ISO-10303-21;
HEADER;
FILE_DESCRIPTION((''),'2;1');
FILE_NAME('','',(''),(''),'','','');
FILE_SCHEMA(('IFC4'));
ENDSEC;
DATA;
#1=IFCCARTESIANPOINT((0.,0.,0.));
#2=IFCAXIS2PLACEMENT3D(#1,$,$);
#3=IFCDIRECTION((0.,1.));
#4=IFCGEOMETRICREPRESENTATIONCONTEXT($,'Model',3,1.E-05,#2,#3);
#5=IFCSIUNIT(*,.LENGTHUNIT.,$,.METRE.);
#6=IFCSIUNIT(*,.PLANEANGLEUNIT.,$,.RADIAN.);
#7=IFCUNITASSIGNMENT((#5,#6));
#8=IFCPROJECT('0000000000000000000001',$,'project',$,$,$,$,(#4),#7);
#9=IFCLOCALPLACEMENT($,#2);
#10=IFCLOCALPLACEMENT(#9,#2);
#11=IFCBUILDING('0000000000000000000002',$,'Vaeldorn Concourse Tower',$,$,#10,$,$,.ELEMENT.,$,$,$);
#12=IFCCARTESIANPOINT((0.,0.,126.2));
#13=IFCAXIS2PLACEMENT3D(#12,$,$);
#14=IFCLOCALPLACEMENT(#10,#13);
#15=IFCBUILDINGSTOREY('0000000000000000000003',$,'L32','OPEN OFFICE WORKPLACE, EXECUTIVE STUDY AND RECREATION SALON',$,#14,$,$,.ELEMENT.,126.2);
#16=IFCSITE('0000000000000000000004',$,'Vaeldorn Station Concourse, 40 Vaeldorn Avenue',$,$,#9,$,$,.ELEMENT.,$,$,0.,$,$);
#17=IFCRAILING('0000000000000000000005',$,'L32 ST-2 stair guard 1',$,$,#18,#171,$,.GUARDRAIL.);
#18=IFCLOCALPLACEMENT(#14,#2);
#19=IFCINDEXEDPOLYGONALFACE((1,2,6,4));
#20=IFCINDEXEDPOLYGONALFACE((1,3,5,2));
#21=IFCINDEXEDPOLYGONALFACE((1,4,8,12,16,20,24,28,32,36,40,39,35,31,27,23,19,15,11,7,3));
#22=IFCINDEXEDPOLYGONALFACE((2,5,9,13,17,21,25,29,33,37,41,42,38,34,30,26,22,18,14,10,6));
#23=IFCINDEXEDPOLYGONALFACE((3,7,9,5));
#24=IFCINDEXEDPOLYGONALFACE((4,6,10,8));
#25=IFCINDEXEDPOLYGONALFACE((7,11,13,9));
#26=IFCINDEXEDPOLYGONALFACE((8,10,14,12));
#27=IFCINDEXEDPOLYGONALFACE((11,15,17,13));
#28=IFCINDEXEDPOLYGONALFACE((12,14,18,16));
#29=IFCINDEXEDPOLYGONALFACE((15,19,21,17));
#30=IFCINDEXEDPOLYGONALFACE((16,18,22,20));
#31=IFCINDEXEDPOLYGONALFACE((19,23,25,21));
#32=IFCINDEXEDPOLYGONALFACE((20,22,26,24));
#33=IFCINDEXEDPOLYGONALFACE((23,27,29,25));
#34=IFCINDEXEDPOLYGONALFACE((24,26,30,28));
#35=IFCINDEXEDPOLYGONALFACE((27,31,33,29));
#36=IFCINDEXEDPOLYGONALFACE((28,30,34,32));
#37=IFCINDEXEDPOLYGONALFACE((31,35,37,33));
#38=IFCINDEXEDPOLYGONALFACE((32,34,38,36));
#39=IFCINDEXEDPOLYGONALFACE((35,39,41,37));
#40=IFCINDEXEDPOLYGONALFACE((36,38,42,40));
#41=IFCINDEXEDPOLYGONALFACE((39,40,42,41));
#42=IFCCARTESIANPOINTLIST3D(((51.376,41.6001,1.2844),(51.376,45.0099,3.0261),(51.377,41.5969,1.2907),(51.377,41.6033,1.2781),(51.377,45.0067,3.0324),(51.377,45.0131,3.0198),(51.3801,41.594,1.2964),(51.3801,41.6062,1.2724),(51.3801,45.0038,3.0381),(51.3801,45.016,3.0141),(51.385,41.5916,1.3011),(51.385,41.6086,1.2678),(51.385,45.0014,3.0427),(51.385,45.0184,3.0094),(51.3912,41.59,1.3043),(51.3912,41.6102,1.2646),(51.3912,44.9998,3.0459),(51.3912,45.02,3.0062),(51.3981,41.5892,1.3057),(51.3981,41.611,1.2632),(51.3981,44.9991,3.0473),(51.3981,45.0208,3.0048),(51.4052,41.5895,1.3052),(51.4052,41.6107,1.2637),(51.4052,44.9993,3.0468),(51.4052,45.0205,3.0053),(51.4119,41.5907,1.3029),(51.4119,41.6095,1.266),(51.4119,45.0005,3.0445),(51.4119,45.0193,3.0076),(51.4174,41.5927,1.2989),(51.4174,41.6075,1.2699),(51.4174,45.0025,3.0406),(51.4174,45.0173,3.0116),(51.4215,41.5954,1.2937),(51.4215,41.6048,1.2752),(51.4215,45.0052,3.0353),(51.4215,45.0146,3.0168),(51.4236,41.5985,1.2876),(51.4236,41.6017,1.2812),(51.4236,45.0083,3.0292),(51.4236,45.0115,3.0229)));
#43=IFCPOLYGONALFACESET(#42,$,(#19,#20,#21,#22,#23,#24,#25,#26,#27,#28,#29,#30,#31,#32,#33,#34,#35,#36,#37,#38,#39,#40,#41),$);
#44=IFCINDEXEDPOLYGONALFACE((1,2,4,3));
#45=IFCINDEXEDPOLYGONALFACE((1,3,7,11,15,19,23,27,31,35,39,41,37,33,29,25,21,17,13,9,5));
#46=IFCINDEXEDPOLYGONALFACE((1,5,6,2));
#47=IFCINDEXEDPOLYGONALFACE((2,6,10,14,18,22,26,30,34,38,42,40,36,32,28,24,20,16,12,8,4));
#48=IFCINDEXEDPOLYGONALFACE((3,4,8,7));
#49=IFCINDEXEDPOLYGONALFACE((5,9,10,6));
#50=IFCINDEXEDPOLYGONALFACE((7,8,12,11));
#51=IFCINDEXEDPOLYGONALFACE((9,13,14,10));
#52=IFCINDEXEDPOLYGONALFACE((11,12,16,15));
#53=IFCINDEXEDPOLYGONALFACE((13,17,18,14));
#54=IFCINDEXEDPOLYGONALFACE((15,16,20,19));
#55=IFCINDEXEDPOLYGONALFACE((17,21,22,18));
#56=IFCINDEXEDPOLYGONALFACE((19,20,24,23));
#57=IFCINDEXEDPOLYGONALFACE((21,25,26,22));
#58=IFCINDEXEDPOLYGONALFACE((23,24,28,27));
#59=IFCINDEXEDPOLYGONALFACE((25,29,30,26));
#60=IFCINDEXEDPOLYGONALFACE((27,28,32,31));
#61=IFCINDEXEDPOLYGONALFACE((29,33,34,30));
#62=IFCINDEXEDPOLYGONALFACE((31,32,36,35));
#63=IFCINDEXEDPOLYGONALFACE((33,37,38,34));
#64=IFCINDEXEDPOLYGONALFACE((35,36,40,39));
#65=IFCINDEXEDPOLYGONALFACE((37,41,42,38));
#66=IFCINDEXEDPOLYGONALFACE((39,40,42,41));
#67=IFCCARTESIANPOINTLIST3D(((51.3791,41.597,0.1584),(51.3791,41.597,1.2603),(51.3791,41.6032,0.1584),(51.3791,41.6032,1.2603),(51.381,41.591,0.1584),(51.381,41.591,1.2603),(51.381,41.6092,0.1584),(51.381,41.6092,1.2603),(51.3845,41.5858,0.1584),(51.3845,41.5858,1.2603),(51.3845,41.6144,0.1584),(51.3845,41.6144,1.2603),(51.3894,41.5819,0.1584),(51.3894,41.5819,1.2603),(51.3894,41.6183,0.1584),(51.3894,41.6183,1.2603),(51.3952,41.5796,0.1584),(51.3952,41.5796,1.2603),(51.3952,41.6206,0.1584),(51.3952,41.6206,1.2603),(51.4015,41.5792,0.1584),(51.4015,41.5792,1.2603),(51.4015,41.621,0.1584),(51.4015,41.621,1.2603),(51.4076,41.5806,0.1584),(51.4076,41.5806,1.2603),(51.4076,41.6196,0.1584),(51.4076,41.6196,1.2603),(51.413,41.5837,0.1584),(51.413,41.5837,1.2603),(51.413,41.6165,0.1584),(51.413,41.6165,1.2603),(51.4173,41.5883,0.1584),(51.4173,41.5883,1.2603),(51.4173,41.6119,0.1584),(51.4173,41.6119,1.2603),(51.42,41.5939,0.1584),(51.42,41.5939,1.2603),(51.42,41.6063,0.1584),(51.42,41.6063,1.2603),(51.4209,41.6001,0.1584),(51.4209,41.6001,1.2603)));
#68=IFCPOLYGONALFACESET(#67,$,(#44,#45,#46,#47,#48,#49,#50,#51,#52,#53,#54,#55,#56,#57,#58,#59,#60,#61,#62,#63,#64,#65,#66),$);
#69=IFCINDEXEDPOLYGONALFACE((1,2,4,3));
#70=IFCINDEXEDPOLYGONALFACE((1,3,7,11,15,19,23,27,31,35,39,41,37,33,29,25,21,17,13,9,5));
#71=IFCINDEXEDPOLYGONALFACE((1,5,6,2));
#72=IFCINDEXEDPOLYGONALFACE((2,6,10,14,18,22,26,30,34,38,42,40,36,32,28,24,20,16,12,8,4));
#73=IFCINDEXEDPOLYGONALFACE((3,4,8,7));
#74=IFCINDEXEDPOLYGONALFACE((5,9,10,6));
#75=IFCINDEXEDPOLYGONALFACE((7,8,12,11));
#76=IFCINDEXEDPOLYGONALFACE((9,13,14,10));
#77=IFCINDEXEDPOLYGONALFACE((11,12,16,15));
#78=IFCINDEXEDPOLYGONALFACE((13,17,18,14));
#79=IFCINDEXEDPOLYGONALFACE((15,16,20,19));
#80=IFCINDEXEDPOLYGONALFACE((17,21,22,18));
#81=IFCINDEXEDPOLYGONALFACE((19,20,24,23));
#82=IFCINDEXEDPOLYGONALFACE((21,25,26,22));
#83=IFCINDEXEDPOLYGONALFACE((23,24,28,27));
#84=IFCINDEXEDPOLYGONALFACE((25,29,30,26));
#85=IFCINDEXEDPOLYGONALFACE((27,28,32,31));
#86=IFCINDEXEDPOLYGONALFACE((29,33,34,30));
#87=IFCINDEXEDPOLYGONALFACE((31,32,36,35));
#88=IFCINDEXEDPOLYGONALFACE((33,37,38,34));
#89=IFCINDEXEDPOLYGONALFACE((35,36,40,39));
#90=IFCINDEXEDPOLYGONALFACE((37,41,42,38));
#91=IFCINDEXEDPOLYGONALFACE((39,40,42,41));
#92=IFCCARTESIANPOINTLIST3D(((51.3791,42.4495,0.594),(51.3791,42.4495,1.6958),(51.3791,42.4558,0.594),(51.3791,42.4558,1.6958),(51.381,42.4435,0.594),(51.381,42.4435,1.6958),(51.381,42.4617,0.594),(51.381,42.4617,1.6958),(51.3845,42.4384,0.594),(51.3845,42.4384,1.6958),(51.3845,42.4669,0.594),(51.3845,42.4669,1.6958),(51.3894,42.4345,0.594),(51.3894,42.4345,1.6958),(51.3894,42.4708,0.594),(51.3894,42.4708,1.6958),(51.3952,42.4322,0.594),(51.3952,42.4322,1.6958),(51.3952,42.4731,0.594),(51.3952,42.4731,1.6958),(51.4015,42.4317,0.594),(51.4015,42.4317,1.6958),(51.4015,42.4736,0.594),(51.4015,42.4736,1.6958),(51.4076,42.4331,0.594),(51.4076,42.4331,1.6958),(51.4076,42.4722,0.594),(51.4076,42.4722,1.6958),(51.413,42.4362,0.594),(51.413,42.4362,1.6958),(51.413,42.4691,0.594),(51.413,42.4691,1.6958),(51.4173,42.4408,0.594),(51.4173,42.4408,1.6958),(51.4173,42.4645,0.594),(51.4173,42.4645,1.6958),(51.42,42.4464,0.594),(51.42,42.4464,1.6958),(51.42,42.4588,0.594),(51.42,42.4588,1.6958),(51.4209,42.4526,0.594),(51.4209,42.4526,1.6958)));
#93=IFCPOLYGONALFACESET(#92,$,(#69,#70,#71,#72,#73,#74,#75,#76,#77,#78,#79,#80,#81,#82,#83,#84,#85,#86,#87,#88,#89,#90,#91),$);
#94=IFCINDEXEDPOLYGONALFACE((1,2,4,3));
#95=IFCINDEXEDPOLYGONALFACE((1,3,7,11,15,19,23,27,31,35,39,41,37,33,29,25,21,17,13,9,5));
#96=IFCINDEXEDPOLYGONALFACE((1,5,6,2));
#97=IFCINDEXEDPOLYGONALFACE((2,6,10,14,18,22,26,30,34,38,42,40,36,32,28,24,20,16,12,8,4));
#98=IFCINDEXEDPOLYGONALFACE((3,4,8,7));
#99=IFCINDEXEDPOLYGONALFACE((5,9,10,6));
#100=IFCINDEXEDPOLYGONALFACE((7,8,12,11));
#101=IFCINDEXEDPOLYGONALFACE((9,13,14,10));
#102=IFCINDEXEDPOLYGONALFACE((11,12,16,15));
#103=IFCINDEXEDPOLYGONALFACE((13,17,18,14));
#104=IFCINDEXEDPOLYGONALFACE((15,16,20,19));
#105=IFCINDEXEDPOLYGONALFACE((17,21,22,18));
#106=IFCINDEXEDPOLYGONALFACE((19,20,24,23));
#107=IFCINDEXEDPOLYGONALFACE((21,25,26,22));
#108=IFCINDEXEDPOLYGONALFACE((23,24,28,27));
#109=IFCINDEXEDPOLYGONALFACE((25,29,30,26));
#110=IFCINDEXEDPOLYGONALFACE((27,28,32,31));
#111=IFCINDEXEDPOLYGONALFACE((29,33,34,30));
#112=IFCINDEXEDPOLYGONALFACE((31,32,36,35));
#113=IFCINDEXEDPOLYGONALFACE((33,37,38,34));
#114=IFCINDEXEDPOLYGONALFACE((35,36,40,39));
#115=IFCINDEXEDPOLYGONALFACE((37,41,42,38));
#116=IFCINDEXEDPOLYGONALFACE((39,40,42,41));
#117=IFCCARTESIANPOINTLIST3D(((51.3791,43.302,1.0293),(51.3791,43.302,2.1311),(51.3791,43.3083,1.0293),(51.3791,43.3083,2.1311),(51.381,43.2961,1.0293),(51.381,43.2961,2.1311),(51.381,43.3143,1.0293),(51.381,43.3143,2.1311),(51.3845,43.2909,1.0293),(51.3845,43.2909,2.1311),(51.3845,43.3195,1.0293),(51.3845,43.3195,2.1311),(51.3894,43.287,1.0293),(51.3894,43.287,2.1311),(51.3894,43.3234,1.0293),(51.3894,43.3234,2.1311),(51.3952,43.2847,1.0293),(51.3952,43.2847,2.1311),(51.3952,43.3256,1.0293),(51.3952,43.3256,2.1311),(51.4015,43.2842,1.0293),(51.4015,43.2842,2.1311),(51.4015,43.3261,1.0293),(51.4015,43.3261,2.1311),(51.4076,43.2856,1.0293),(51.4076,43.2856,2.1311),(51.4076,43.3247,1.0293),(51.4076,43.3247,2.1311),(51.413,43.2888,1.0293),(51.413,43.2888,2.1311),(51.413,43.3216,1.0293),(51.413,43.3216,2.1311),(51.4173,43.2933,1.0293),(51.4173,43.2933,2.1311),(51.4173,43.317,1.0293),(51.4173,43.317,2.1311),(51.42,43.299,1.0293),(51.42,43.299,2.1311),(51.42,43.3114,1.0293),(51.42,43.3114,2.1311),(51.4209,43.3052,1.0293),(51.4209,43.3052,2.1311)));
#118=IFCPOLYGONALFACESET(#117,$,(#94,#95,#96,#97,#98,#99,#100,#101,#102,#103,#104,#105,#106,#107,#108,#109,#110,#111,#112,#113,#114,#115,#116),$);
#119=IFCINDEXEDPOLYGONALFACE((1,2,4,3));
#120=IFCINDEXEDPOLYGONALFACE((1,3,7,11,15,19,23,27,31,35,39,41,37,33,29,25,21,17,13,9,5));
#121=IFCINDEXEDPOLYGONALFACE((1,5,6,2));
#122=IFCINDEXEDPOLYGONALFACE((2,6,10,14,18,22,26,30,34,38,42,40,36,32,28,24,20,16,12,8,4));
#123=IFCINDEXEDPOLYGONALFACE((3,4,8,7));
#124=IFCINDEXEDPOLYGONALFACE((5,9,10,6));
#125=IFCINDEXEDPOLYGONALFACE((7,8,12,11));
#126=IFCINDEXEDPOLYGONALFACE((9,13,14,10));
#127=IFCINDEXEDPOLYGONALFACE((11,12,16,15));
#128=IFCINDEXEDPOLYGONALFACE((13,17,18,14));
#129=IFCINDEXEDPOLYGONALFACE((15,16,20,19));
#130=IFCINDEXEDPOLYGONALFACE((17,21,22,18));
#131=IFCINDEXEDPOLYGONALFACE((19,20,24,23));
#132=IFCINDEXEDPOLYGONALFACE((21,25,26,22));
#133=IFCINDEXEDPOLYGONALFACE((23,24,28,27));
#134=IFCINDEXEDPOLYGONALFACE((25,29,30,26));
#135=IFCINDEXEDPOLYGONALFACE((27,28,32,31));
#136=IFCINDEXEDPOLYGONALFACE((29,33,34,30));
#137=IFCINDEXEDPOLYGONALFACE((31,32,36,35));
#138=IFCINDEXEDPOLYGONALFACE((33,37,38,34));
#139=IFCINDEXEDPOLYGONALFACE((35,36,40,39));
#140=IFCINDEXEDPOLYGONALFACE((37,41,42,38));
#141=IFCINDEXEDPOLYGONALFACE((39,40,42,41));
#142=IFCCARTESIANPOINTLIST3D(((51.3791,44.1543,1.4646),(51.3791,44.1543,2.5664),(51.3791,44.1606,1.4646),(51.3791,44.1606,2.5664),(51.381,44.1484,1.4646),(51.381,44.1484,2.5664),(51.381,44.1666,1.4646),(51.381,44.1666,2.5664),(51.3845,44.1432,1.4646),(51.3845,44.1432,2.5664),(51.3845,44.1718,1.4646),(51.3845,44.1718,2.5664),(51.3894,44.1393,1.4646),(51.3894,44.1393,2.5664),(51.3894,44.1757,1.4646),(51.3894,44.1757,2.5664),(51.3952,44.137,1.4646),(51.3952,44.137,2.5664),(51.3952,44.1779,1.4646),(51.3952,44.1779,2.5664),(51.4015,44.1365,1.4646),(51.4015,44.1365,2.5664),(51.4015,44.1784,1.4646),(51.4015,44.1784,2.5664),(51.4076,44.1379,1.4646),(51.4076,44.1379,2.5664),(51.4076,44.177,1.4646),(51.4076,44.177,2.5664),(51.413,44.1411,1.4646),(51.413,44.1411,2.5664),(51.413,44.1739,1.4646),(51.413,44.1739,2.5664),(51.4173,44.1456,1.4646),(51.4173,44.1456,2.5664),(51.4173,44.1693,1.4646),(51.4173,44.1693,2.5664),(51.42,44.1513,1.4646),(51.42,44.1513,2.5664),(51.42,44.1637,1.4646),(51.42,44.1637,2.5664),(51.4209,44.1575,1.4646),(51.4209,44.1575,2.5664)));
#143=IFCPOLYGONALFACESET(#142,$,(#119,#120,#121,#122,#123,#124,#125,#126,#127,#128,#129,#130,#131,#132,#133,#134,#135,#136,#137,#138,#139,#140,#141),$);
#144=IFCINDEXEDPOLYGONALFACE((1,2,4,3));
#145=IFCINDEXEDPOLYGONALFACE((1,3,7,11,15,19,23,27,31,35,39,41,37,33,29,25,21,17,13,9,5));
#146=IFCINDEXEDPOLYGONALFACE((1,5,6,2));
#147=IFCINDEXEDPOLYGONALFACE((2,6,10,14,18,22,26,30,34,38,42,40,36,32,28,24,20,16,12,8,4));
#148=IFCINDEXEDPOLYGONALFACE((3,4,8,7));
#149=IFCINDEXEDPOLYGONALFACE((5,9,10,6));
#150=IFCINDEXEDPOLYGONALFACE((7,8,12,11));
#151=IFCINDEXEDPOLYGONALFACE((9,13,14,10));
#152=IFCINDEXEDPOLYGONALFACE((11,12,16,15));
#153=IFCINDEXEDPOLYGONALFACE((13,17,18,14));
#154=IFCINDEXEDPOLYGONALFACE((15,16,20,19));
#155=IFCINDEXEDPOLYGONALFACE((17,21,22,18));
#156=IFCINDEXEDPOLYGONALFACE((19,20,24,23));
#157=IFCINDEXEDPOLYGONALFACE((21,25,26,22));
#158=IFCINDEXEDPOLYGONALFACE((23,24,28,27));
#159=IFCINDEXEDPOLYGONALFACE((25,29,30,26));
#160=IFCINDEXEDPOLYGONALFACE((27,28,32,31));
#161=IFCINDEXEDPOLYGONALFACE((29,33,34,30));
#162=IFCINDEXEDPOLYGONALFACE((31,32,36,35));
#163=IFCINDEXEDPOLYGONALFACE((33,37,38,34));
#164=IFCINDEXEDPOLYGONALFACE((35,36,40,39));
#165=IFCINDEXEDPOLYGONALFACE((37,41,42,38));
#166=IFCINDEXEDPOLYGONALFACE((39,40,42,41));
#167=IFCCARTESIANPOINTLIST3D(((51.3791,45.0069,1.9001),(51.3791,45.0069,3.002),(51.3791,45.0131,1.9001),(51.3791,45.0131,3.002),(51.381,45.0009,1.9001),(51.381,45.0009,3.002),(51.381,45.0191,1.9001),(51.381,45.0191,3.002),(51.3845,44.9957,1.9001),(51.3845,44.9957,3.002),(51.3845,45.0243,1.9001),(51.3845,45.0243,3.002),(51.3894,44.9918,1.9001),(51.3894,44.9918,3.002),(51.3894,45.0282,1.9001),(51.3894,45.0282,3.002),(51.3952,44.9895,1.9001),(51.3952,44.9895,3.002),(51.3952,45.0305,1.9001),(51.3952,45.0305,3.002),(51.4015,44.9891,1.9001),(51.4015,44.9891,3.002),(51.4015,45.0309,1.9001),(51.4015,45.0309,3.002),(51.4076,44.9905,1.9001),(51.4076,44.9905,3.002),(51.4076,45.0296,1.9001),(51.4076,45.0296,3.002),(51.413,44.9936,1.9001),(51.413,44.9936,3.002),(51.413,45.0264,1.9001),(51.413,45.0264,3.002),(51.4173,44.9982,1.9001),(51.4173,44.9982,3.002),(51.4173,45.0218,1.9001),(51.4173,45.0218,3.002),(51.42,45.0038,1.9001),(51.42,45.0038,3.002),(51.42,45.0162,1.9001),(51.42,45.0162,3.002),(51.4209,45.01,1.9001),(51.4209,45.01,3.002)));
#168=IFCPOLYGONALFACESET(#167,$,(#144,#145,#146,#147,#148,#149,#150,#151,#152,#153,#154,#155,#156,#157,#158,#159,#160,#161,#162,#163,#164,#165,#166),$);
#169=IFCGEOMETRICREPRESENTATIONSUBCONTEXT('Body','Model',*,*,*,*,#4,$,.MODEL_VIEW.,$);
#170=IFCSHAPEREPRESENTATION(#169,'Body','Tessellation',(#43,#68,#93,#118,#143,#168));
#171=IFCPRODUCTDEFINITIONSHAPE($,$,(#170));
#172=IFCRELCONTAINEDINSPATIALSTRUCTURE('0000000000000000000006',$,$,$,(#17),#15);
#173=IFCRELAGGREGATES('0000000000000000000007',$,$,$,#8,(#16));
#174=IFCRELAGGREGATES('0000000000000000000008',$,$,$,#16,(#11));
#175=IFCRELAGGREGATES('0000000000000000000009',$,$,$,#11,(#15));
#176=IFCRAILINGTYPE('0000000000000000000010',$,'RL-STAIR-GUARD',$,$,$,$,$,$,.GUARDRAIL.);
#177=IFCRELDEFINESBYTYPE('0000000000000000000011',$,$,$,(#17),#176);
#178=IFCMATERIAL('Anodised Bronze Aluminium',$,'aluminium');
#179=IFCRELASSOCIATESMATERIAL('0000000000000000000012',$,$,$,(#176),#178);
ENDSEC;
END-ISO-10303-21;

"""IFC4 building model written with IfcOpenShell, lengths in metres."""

from ifc_helpers import new_model, si_unit, direction, frame, origin, origin_2d, place, context, subcontext, project, spatial, circle, extrude, material, type_object, element, save


model = new_model("IFC4")

# Units and contexts
model_context = context("Model", 3, precision=1e-05, world=origin(), true_north=direction((0.0, 1.0)))
body_context = subcontext(model_context, "Body", "Model", "MODEL_VIEW")
ifc_project = project(units=[si_unit("LENGTHUNIT", "METRE"), si_unit("PLANEANGLEUNIT", "RADIAN")], contexts=[model_context])

# Site, building, storey
site_placement = place(None, origin())
site = spatial("IfcSite", under=ifc_project, at=site_placement, Name="Vaeldorn Station Concourse, 40 Vaeldorn Avenue", CompositionType="ELEMENT", RefElevation=0.0)
building_placement = place(site_placement, origin())
building = spatial("IfcBuilding", under=site, at=building_placement, Name="Vaeldorn Concourse Tower", CompositionType="ELEMENT")
storey_placement = place(building_placement, frame((0.0, 0.0, 126.2)))
storey = spatial("IfcBuildingStorey", under=building, at=storey_placement, Name="L32", Description="OPEN OFFICE WORKPLACE, EXECUTIVE STUDY AND RECREATION SALON", CompositionType="ELEMENT", Elevation=126.2)

# Shared definitions
ifc_material_1 = material(Name="Anodised Bronze Aluminium", Category="aluminium")

# Railing
railing_type_1 = type_object("IfcRailingType", Name="RL-STAIR-GUARD", PredefinedType="GUARDRAIL", material=ifc_material_1)
railing_1_placement = place(storey_placement, frame((51.3999, 41.6001, 0.1584)))
element("IfcRailing", 1, at=railing_1_placement, inside=storey, type_object=railing_type_1, Name="L32 ST-2 stair guard 1", PredefinedType="GUARDRAIL", context=body_context, shape_type="SweptSolid", body=[
    extrude(circle(Radius=0.0239, at=origin_2d()), frame((0.0, 0.0, 1.126), z_axis=(0.0, 0.890556, 0.454874), x_axis=(-1.0, 0.0, 0.0)), (0.0, 0.0, 1.0), 3.8289),
    extrude(circle(Radius=0.021, at=origin_2d()), origin(), (0.0, 0.0, 1.0), 1.1018),
    extrude(circle(Radius=0.021, at=origin_2d()), frame((0.0, 0.8525, 0.4355)), (0.0, 0.0, 1.0), 1.1018),
    extrude(circle(Radius=0.021, at=origin_2d()), frame((0.0, 1.7051, 0.8708)), (0.0, 0.0, 1.0), 1.1018),
    extrude(circle(Radius=0.021, at=origin_2d()), frame((0.0, 2.5574, 1.3062)), (0.0, 0.0, 1.0), 1.1018),
    extrude(circle(Radius=0.021, at=origin_2d()), frame((0.0, 3.4099, 1.7417)), (0.0, 0.0, 1.0), 1.1018),
])

save(model, "model.ifc")
